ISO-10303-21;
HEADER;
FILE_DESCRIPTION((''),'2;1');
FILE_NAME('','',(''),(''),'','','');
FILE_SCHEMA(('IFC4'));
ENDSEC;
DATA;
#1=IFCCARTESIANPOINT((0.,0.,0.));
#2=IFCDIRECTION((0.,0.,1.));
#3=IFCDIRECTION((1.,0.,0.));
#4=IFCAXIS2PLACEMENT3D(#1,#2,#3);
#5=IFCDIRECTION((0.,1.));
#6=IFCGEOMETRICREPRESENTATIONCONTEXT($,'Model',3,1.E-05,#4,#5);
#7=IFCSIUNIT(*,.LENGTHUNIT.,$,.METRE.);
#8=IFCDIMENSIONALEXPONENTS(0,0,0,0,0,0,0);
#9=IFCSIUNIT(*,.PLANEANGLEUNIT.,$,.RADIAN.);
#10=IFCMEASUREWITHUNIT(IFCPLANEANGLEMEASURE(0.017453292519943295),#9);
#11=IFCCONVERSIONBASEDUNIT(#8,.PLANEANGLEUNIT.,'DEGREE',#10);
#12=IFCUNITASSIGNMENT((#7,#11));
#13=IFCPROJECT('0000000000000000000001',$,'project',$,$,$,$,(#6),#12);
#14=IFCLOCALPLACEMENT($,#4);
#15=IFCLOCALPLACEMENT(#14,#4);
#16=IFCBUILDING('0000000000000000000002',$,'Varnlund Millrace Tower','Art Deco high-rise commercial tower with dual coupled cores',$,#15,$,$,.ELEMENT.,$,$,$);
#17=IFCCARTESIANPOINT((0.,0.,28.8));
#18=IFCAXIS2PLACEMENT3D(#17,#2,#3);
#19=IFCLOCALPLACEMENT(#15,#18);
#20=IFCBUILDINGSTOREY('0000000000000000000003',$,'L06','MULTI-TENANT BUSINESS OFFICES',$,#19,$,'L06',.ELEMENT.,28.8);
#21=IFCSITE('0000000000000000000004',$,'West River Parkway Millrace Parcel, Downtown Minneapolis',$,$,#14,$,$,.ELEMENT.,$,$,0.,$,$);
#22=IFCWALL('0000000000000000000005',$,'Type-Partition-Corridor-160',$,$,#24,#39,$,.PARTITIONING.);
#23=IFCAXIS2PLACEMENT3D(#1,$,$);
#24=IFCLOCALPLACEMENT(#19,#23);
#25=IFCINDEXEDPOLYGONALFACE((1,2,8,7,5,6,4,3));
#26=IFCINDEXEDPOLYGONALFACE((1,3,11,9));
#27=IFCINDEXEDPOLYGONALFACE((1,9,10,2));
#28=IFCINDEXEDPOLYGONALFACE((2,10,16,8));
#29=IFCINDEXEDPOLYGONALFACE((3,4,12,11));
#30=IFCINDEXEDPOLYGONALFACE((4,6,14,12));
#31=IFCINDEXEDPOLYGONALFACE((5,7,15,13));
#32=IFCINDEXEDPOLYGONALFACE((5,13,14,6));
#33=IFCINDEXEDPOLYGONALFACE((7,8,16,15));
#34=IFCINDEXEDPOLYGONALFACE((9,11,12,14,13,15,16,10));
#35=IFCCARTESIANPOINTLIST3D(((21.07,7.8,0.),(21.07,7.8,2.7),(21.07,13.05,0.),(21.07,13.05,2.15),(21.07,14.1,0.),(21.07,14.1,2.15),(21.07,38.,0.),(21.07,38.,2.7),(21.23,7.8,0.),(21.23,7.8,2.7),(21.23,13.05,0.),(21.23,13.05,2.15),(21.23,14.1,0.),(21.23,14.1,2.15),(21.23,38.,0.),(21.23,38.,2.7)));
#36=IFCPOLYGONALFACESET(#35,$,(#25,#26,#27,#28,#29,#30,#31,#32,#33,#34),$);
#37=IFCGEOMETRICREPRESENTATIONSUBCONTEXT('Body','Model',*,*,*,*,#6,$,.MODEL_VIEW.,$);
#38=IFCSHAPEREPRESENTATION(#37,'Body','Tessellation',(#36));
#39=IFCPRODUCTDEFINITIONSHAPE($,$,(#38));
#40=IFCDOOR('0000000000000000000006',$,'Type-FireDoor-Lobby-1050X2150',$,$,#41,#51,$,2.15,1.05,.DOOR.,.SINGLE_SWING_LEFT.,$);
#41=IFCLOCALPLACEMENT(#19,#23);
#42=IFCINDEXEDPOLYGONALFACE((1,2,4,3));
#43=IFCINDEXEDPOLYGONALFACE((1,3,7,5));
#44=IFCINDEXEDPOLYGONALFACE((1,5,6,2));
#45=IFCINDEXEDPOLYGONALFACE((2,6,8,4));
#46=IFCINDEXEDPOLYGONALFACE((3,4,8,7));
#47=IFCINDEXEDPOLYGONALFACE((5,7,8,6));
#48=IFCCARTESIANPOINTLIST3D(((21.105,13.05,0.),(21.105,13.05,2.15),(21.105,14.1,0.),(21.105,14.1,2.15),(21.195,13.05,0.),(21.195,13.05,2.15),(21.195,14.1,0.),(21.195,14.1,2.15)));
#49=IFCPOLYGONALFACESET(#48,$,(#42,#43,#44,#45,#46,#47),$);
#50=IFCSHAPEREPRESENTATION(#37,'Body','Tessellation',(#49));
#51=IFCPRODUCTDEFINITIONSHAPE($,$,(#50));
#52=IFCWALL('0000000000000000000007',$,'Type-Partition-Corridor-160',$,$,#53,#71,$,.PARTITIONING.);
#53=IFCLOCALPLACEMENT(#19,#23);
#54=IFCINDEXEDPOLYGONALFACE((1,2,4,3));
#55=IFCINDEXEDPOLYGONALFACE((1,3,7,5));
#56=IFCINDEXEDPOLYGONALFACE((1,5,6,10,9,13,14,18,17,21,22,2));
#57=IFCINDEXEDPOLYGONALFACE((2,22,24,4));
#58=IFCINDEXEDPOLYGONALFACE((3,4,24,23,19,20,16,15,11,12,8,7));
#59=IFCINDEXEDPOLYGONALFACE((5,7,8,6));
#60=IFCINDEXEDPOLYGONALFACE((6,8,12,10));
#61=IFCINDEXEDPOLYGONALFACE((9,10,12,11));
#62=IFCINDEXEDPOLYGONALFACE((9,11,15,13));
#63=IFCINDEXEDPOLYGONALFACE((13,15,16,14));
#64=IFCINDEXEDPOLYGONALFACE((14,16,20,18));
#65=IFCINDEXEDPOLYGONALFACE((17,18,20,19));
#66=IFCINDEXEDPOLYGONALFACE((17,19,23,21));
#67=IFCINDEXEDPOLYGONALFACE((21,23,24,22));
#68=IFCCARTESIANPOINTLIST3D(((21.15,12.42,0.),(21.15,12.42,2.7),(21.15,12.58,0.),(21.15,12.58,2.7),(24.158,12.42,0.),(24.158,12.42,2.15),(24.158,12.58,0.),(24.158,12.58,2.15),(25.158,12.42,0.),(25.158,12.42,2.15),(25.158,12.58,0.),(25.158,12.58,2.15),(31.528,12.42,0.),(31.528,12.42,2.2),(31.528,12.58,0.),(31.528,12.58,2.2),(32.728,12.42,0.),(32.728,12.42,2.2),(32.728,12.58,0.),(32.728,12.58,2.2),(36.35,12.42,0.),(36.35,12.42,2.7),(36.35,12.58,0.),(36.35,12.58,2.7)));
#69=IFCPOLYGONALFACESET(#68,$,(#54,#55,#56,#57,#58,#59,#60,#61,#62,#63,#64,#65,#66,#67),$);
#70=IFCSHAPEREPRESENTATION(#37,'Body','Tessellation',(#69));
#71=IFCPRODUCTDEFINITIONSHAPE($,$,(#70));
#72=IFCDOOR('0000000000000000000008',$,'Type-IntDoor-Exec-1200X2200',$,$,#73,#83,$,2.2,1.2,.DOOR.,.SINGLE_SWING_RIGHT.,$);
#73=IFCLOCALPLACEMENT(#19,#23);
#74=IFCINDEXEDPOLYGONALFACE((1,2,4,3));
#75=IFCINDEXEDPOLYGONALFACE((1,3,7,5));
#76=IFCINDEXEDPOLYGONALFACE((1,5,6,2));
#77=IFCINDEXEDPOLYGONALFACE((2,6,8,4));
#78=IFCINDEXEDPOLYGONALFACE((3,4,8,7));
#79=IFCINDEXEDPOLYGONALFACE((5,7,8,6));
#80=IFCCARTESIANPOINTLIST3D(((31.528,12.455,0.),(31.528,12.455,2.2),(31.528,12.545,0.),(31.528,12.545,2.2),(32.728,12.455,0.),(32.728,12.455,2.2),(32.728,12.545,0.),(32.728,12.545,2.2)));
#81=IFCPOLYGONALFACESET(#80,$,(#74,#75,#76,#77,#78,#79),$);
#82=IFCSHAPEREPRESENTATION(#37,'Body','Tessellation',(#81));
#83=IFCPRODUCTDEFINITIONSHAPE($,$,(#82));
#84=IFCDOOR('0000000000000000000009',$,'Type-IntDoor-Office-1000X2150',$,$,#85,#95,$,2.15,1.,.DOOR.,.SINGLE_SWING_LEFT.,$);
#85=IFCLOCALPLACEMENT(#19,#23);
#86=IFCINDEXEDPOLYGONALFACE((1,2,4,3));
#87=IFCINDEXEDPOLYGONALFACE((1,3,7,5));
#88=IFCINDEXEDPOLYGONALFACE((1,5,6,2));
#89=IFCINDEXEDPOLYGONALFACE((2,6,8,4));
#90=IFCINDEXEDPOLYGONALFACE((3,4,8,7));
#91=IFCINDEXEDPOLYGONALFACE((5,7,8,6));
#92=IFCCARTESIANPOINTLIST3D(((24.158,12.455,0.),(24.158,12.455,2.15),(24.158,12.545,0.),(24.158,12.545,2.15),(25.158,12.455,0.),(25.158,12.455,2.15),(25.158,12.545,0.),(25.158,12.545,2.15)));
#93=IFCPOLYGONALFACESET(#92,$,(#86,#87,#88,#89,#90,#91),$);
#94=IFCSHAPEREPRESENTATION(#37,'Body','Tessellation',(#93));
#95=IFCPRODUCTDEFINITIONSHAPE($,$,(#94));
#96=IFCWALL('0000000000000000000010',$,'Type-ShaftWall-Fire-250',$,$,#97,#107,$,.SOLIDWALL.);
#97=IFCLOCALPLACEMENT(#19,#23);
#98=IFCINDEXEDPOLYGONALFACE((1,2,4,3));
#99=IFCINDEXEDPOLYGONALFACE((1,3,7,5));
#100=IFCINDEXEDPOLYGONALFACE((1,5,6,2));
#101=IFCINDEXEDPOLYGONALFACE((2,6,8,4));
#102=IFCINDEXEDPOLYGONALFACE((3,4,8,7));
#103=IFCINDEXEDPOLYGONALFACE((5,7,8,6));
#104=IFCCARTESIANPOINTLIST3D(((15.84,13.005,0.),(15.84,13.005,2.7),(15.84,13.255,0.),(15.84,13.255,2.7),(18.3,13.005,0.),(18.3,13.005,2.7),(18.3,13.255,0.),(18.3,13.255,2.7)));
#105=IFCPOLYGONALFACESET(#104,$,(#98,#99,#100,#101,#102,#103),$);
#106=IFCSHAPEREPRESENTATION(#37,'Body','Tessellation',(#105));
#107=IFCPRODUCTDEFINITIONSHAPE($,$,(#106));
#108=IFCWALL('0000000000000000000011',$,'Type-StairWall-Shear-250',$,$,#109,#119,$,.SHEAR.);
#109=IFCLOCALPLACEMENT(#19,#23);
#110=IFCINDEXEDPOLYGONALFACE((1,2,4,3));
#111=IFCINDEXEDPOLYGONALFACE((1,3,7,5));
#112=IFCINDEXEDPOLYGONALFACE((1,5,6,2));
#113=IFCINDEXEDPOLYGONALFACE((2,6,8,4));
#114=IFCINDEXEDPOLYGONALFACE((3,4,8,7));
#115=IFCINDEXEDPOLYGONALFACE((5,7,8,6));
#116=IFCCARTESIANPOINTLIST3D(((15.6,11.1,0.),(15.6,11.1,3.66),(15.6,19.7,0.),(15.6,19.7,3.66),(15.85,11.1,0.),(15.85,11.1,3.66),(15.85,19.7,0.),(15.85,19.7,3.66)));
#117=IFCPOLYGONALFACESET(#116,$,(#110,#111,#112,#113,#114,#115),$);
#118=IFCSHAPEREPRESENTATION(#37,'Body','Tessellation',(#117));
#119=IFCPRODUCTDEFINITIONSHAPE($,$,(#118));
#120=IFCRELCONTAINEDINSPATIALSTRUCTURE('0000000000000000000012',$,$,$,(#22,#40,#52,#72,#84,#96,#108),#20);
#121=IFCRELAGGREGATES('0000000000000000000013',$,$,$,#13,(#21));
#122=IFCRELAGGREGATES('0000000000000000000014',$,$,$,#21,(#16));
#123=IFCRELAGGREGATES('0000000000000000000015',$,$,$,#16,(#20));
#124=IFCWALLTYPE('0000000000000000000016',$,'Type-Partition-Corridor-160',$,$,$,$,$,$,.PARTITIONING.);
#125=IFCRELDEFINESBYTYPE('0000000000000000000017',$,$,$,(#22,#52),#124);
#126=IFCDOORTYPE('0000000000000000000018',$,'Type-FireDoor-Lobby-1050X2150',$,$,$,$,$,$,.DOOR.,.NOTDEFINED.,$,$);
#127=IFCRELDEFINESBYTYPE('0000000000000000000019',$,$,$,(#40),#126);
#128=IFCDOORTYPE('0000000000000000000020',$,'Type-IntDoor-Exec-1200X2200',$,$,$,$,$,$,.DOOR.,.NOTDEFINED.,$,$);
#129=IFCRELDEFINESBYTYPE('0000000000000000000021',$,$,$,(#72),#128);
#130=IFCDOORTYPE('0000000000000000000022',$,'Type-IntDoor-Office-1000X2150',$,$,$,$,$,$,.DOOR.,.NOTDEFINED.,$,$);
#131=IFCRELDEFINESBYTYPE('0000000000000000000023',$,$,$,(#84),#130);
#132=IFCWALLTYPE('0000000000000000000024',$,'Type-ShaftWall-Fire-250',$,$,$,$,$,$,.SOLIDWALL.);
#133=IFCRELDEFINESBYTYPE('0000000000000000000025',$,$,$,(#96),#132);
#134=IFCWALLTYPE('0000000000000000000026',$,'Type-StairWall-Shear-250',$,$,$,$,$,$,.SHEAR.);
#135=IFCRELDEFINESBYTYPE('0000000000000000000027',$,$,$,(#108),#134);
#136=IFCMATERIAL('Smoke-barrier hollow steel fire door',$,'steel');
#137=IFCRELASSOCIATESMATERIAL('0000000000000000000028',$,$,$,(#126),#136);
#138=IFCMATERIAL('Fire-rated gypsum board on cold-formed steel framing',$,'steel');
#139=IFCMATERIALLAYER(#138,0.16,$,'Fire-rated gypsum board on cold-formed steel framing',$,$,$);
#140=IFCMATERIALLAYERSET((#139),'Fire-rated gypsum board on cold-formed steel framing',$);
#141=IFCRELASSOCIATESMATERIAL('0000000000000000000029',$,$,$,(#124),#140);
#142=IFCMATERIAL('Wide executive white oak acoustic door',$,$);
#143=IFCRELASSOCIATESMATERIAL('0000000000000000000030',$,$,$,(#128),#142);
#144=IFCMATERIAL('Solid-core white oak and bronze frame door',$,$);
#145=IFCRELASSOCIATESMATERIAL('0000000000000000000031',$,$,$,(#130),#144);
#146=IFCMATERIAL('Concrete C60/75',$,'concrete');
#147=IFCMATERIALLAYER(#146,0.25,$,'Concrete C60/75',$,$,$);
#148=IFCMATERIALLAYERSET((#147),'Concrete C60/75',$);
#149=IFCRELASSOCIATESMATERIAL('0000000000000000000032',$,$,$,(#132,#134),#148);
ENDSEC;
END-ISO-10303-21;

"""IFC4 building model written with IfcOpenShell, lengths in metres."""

from ifc_helpers import new_model, entity, si_unit, converted_unit, direction, frame, origin_with_axes, origin_2d_with_axis, place, context, subcontext, project, spatial, polyline, rectangle, outline, extrude, material, layer, layer_set, type_object, element, fill, save


model = new_model("IFC4")

# Units and contexts
model_context = context("Model", 3, precision=1e-05, world=origin_with_axes(), true_north=direction((0.0, 1.0)))
body_context = subcontext(model_context, "Body", "Model", "MODEL_VIEW")
ifc_project = project(units=[si_unit("LENGTHUNIT", "METRE"), converted_unit("PLANEANGLEUNIT", "DEGREE", entity("IfcPlaneAngleMeasure", 0.017453292519943295), si_unit("PLANEANGLEUNIT", "RADIAN"), dimensions=[0, 0, 0, 0, 0, 0, 0])], contexts=[model_context])

# Site, building, storey
site_placement = place(None, origin_with_axes())
site = spatial("IfcSite", under=ifc_project, at=site_placement, Name="West River Parkway Millrace Parcel, Downtown Minneapolis", CompositionType="ELEMENT", RefElevation=0.0)
building_placement = place(site_placement, origin_with_axes())
building = spatial("IfcBuilding", under=site, at=building_placement, Name="Varnlund Millrace Tower", Description="Art Deco high-rise commercial tower with dual coupled cores", CompositionType="ELEMENT")
storey_placement = place(building_placement, frame((0.0, 0.0, 28.8), z_axis=(0.0, 0.0, 1.0), x_axis=(1.0, 0.0, 0.0)))
storey = spatial("IfcBuildingStorey", under=building, at=storey_placement, Name="L06", Description="MULTI-TENANT BUSINESS OFFICES", LongName="L06", CompositionType="ELEMENT", Elevation=28.8)

# Shared definitions
ifc_material_1 = material(Name="Smoke-barrier hollow steel fire door", Category="steel")
door_type_1 = type_object("IfcDoorType", Name="Type-FireDoor-Lobby-1050X2150", OperationType="NOTDEFINED", PredefinedType="DOOR", material=ifc_material_1)

# Wall, opening, door
ifc_material_2 = material(Name="Fire-rated gypsum board on cold-formed steel framing", Category="steel")
ifc_layer_1 = layer(ifc_material_2, 0.16, Name="Fire-rated gypsum board on cold-formed steel framing")
ifc_layer_set_1 = layer_set([ifc_layer_1], Name="Fire-rated gypsum board on cold-formed steel framing")
wall_type_1 = type_object("IfcWallType", Name="Type-Partition-Corridor-160", PredefinedType="PARTITIONING", material=ifc_layer_set_1)
wall_1_placement = place(storey_placement, frame((21.15, 7.8, 0.0), z_axis=(0.0, 0.0, 1.0), x_axis=(0.0, 1.0, 0.0)))
wall_1 = element("IfcWall", 1, at=wall_1_placement, inside=storey, type_object=wall_type_1, Name="Type-Partition-Corridor-160", PredefinedType="PARTITIONING", context=body_context, shape_type="SweptSolid", body=[
    extrude(outline(polyline([(0.0, -0.08), (30.2, -0.08), (30.2, 0.08), (0.0, 0.08), (0.0, -0.08)])), origin_with_axes(), (0.0, 0.0, 1.0), 2.7),
])
opening_1_placement = place(wall_1_placement, frame((5.775, 0.0, 0.0), z_axis=(0.0, 0.0, 1.0), x_axis=(1.0, 0.0, 0.0)))
opening_1 = element("IfcOpeningElement", 2, at=opening_1_placement, cuts=wall_1, PredefinedType="OPENING", context=body_context, shape_type="SweptSolid", body=[
    extrude(rectangle(XDim=1.05, YDim=0.18, at=origin_2d_with_axis()), origin_with_axes(), (0.0, 0.0, 1.0), 2.15),
])
door_1_placement = place(wall_1_placement, frame((5.775, 0.0, 0.0), z_axis=(0.0, 0.0, 1.0), x_axis=(1.0, 0.0, 0.0)))
door_1 = element("IfcDoor", 3, at=door_1_placement, inside=storey, type_object=door_type_1, Name="Type-FireDoor-Lobby-1050X2150", OperationType="SINGLE_SWING_LEFT", OverallHeight=2.15, OverallWidth=1.05, PredefinedType="DOOR", context=body_context, shape_type="SweptSolid", body=[
    extrude(rectangle(XDim=1.05, YDim=0.09, at=origin_2d_with_axis()), origin_with_axes(), (0.0, 0.0, 1.0), 2.15),
])
fill(opening_1, door_1)

# Wall, openings, doors
wall_2_placement = place(storey_placement, frame((21.15, 12.5, 0.0), z_axis=(0.0, 0.0, 1.0), x_axis=(1.0, 0.0, 0.0)))
wall_2 = element("IfcWall", 4, at=wall_2_placement, inside=storey, type_object=wall_type_1, Name="Type-Partition-Corridor-160", PredefinedType="PARTITIONING", context=body_context, shape_type="SweptSolid", body=[
    extrude(outline(polyline([(0.0, -0.08), (15.2, -0.08), (15.2, 0.08), (0.0, 0.08), (0.0, -0.08)])), origin_with_axes(), (0.0, 0.0, 1.0), 2.7),
])
opening_2_placement = place(wall_2_placement, frame((3.508, 0.0, 0.0), z_axis=(0.0, 0.0, 1.0), x_axis=(1.0, 0.0, 0.0)))
opening_2 = element("IfcOpeningElement", 5, at=opening_2_placement, cuts=wall_2, PredefinedType="OPENING", context=body_context, shape_type="SweptSolid", body=[
    extrude(rectangle(XDim=1.0, YDim=0.18, at=origin_2d_with_axis()), origin_with_axes(), (0.0, 0.0, 1.0), 2.15),
])
opening_3_placement = place(wall_2_placement, frame((10.978, 0.0, 0.0), z_axis=(0.0, 0.0, 1.0), x_axis=(1.0, 0.0, 0.0)))
opening_3 = element("IfcOpeningElement", 6, at=opening_3_placement, cuts=wall_2, PredefinedType="OPENING", context=body_context, shape_type="SweptSolid", body=[
    extrude(rectangle(XDim=1.2, YDim=0.18, at=origin_2d_with_axis()), origin_with_axes(), (0.0, 0.0, 1.0), 2.2),
])
ifc_material_3 = material(Name="Wide executive white oak acoustic door")
door_type_2 = type_object("IfcDoorType", Name="Type-IntDoor-Exec-1200X2200", OperationType="NOTDEFINED", PredefinedType="DOOR", material=ifc_material_3)
door_2_placement = place(wall_2_placement, frame((10.978, 0.0, 0.0), z_axis=(0.0, 0.0, 1.0), x_axis=(1.0, 0.0, 0.0)))
door_2 = element("IfcDoor", 7, at=door_2_placement, inside=storey, type_object=door_type_2, Name="Type-IntDoor-Exec-1200X2200", OperationType="SINGLE_SWING_RIGHT", OverallHeight=2.2, OverallWidth=1.2, PredefinedType="DOOR", context=body_context, shape_type="SweptSolid", body=[
    extrude(rectangle(XDim=1.2, YDim=0.09, at=origin_2d_with_axis()), origin_with_axes(), (0.0, 0.0, 1.0), 2.2),
])
fill(opening_3, door_2)
ifc_material_4 = material(Name="Solid-core white oak and bronze frame door")
door_type_3 = type_object("IfcDoorType", Name="Type-IntDoor-Office-1000X2150", OperationType="NOTDEFINED", PredefinedType="DOOR", material=ifc_material_4)
door_3_placement = place(wall_2_placement, frame((3.508, 0.0, 0.0), z_axis=(0.0, 0.0, 1.0), x_axis=(1.0, 0.0, 0.0)))
door_3 = element("IfcDoor", 8, at=door_3_placement, inside=storey, type_object=door_type_3, Name="Type-IntDoor-Office-1000X2150", OperationType="SINGLE_SWING_LEFT", OverallHeight=2.15, OverallWidth=1.0, PredefinedType="DOOR", context=body_context, shape_type="SweptSolid", body=[
    extrude(rectangle(XDim=1.0, YDim=0.09, at=origin_2d_with_axis()), origin_with_axes(), (0.0, 0.0, 1.0), 2.15),
])
fill(opening_2, door_3)

# Walls
ifc_material_5 = material(Name="Concrete C60/75", Category="concrete")
ifc_layer_2 = layer(ifc_material_5, 0.25, Name="Concrete C60/75")
ifc_layer_set_2 = layer_set([ifc_layer_2], Name="Concrete C60/75")
wall_type_2 = type_object("IfcWallType", Name="Type-ShaftWall-Fire-250", PredefinedType="SOLIDWALL", material=ifc_layer_set_2)
wall_3_placement = place(storey_placement, frame((15.84, 13.13, 0.0), z_axis=(0.0, 0.0, 1.0), x_axis=(1.0, 0.0, 0.0)))
element("IfcWall", 9, at=wall_3_placement, inside=storey, type_object=wall_type_2, Name="Type-ShaftWall-Fire-250", PredefinedType="SOLIDWALL", context=body_context, shape_type="SweptSolid", body=[
    extrude(outline(polyline([(0.0, -0.125), (2.46, -0.125), (2.46, 0.125), (0.0, 0.125), (0.0, -0.125)])), origin_with_axes(), (0.0, 0.0, 1.0), 2.7),
])
wall_type_3 = type_object("IfcWallType", Name="Type-StairWall-Shear-250", PredefinedType="SHEAR", material=ifc_layer_set_2)
wall_4_placement = place(storey_placement, frame((15.725, 11.1, 0.0), z_axis=(0.0, 0.0, 1.0), x_axis=(0.0, 1.0, 0.0)))
element("IfcWall", 10, at=wall_4_placement, inside=storey, type_object=wall_type_3, Name="Type-StairWall-Shear-250", PredefinedType="SHEAR", context=body_context, shape_type="SweptSolid", body=[
    extrude(outline(polyline([(0.0, -0.125), (8.6, -0.125), (8.6, 0.125), (0.0, 0.125), (0.0, -0.125)])), origin_with_axes(), (0.0, 0.0, 1.0), 3.66),
])

save(model, "model.ifc")
